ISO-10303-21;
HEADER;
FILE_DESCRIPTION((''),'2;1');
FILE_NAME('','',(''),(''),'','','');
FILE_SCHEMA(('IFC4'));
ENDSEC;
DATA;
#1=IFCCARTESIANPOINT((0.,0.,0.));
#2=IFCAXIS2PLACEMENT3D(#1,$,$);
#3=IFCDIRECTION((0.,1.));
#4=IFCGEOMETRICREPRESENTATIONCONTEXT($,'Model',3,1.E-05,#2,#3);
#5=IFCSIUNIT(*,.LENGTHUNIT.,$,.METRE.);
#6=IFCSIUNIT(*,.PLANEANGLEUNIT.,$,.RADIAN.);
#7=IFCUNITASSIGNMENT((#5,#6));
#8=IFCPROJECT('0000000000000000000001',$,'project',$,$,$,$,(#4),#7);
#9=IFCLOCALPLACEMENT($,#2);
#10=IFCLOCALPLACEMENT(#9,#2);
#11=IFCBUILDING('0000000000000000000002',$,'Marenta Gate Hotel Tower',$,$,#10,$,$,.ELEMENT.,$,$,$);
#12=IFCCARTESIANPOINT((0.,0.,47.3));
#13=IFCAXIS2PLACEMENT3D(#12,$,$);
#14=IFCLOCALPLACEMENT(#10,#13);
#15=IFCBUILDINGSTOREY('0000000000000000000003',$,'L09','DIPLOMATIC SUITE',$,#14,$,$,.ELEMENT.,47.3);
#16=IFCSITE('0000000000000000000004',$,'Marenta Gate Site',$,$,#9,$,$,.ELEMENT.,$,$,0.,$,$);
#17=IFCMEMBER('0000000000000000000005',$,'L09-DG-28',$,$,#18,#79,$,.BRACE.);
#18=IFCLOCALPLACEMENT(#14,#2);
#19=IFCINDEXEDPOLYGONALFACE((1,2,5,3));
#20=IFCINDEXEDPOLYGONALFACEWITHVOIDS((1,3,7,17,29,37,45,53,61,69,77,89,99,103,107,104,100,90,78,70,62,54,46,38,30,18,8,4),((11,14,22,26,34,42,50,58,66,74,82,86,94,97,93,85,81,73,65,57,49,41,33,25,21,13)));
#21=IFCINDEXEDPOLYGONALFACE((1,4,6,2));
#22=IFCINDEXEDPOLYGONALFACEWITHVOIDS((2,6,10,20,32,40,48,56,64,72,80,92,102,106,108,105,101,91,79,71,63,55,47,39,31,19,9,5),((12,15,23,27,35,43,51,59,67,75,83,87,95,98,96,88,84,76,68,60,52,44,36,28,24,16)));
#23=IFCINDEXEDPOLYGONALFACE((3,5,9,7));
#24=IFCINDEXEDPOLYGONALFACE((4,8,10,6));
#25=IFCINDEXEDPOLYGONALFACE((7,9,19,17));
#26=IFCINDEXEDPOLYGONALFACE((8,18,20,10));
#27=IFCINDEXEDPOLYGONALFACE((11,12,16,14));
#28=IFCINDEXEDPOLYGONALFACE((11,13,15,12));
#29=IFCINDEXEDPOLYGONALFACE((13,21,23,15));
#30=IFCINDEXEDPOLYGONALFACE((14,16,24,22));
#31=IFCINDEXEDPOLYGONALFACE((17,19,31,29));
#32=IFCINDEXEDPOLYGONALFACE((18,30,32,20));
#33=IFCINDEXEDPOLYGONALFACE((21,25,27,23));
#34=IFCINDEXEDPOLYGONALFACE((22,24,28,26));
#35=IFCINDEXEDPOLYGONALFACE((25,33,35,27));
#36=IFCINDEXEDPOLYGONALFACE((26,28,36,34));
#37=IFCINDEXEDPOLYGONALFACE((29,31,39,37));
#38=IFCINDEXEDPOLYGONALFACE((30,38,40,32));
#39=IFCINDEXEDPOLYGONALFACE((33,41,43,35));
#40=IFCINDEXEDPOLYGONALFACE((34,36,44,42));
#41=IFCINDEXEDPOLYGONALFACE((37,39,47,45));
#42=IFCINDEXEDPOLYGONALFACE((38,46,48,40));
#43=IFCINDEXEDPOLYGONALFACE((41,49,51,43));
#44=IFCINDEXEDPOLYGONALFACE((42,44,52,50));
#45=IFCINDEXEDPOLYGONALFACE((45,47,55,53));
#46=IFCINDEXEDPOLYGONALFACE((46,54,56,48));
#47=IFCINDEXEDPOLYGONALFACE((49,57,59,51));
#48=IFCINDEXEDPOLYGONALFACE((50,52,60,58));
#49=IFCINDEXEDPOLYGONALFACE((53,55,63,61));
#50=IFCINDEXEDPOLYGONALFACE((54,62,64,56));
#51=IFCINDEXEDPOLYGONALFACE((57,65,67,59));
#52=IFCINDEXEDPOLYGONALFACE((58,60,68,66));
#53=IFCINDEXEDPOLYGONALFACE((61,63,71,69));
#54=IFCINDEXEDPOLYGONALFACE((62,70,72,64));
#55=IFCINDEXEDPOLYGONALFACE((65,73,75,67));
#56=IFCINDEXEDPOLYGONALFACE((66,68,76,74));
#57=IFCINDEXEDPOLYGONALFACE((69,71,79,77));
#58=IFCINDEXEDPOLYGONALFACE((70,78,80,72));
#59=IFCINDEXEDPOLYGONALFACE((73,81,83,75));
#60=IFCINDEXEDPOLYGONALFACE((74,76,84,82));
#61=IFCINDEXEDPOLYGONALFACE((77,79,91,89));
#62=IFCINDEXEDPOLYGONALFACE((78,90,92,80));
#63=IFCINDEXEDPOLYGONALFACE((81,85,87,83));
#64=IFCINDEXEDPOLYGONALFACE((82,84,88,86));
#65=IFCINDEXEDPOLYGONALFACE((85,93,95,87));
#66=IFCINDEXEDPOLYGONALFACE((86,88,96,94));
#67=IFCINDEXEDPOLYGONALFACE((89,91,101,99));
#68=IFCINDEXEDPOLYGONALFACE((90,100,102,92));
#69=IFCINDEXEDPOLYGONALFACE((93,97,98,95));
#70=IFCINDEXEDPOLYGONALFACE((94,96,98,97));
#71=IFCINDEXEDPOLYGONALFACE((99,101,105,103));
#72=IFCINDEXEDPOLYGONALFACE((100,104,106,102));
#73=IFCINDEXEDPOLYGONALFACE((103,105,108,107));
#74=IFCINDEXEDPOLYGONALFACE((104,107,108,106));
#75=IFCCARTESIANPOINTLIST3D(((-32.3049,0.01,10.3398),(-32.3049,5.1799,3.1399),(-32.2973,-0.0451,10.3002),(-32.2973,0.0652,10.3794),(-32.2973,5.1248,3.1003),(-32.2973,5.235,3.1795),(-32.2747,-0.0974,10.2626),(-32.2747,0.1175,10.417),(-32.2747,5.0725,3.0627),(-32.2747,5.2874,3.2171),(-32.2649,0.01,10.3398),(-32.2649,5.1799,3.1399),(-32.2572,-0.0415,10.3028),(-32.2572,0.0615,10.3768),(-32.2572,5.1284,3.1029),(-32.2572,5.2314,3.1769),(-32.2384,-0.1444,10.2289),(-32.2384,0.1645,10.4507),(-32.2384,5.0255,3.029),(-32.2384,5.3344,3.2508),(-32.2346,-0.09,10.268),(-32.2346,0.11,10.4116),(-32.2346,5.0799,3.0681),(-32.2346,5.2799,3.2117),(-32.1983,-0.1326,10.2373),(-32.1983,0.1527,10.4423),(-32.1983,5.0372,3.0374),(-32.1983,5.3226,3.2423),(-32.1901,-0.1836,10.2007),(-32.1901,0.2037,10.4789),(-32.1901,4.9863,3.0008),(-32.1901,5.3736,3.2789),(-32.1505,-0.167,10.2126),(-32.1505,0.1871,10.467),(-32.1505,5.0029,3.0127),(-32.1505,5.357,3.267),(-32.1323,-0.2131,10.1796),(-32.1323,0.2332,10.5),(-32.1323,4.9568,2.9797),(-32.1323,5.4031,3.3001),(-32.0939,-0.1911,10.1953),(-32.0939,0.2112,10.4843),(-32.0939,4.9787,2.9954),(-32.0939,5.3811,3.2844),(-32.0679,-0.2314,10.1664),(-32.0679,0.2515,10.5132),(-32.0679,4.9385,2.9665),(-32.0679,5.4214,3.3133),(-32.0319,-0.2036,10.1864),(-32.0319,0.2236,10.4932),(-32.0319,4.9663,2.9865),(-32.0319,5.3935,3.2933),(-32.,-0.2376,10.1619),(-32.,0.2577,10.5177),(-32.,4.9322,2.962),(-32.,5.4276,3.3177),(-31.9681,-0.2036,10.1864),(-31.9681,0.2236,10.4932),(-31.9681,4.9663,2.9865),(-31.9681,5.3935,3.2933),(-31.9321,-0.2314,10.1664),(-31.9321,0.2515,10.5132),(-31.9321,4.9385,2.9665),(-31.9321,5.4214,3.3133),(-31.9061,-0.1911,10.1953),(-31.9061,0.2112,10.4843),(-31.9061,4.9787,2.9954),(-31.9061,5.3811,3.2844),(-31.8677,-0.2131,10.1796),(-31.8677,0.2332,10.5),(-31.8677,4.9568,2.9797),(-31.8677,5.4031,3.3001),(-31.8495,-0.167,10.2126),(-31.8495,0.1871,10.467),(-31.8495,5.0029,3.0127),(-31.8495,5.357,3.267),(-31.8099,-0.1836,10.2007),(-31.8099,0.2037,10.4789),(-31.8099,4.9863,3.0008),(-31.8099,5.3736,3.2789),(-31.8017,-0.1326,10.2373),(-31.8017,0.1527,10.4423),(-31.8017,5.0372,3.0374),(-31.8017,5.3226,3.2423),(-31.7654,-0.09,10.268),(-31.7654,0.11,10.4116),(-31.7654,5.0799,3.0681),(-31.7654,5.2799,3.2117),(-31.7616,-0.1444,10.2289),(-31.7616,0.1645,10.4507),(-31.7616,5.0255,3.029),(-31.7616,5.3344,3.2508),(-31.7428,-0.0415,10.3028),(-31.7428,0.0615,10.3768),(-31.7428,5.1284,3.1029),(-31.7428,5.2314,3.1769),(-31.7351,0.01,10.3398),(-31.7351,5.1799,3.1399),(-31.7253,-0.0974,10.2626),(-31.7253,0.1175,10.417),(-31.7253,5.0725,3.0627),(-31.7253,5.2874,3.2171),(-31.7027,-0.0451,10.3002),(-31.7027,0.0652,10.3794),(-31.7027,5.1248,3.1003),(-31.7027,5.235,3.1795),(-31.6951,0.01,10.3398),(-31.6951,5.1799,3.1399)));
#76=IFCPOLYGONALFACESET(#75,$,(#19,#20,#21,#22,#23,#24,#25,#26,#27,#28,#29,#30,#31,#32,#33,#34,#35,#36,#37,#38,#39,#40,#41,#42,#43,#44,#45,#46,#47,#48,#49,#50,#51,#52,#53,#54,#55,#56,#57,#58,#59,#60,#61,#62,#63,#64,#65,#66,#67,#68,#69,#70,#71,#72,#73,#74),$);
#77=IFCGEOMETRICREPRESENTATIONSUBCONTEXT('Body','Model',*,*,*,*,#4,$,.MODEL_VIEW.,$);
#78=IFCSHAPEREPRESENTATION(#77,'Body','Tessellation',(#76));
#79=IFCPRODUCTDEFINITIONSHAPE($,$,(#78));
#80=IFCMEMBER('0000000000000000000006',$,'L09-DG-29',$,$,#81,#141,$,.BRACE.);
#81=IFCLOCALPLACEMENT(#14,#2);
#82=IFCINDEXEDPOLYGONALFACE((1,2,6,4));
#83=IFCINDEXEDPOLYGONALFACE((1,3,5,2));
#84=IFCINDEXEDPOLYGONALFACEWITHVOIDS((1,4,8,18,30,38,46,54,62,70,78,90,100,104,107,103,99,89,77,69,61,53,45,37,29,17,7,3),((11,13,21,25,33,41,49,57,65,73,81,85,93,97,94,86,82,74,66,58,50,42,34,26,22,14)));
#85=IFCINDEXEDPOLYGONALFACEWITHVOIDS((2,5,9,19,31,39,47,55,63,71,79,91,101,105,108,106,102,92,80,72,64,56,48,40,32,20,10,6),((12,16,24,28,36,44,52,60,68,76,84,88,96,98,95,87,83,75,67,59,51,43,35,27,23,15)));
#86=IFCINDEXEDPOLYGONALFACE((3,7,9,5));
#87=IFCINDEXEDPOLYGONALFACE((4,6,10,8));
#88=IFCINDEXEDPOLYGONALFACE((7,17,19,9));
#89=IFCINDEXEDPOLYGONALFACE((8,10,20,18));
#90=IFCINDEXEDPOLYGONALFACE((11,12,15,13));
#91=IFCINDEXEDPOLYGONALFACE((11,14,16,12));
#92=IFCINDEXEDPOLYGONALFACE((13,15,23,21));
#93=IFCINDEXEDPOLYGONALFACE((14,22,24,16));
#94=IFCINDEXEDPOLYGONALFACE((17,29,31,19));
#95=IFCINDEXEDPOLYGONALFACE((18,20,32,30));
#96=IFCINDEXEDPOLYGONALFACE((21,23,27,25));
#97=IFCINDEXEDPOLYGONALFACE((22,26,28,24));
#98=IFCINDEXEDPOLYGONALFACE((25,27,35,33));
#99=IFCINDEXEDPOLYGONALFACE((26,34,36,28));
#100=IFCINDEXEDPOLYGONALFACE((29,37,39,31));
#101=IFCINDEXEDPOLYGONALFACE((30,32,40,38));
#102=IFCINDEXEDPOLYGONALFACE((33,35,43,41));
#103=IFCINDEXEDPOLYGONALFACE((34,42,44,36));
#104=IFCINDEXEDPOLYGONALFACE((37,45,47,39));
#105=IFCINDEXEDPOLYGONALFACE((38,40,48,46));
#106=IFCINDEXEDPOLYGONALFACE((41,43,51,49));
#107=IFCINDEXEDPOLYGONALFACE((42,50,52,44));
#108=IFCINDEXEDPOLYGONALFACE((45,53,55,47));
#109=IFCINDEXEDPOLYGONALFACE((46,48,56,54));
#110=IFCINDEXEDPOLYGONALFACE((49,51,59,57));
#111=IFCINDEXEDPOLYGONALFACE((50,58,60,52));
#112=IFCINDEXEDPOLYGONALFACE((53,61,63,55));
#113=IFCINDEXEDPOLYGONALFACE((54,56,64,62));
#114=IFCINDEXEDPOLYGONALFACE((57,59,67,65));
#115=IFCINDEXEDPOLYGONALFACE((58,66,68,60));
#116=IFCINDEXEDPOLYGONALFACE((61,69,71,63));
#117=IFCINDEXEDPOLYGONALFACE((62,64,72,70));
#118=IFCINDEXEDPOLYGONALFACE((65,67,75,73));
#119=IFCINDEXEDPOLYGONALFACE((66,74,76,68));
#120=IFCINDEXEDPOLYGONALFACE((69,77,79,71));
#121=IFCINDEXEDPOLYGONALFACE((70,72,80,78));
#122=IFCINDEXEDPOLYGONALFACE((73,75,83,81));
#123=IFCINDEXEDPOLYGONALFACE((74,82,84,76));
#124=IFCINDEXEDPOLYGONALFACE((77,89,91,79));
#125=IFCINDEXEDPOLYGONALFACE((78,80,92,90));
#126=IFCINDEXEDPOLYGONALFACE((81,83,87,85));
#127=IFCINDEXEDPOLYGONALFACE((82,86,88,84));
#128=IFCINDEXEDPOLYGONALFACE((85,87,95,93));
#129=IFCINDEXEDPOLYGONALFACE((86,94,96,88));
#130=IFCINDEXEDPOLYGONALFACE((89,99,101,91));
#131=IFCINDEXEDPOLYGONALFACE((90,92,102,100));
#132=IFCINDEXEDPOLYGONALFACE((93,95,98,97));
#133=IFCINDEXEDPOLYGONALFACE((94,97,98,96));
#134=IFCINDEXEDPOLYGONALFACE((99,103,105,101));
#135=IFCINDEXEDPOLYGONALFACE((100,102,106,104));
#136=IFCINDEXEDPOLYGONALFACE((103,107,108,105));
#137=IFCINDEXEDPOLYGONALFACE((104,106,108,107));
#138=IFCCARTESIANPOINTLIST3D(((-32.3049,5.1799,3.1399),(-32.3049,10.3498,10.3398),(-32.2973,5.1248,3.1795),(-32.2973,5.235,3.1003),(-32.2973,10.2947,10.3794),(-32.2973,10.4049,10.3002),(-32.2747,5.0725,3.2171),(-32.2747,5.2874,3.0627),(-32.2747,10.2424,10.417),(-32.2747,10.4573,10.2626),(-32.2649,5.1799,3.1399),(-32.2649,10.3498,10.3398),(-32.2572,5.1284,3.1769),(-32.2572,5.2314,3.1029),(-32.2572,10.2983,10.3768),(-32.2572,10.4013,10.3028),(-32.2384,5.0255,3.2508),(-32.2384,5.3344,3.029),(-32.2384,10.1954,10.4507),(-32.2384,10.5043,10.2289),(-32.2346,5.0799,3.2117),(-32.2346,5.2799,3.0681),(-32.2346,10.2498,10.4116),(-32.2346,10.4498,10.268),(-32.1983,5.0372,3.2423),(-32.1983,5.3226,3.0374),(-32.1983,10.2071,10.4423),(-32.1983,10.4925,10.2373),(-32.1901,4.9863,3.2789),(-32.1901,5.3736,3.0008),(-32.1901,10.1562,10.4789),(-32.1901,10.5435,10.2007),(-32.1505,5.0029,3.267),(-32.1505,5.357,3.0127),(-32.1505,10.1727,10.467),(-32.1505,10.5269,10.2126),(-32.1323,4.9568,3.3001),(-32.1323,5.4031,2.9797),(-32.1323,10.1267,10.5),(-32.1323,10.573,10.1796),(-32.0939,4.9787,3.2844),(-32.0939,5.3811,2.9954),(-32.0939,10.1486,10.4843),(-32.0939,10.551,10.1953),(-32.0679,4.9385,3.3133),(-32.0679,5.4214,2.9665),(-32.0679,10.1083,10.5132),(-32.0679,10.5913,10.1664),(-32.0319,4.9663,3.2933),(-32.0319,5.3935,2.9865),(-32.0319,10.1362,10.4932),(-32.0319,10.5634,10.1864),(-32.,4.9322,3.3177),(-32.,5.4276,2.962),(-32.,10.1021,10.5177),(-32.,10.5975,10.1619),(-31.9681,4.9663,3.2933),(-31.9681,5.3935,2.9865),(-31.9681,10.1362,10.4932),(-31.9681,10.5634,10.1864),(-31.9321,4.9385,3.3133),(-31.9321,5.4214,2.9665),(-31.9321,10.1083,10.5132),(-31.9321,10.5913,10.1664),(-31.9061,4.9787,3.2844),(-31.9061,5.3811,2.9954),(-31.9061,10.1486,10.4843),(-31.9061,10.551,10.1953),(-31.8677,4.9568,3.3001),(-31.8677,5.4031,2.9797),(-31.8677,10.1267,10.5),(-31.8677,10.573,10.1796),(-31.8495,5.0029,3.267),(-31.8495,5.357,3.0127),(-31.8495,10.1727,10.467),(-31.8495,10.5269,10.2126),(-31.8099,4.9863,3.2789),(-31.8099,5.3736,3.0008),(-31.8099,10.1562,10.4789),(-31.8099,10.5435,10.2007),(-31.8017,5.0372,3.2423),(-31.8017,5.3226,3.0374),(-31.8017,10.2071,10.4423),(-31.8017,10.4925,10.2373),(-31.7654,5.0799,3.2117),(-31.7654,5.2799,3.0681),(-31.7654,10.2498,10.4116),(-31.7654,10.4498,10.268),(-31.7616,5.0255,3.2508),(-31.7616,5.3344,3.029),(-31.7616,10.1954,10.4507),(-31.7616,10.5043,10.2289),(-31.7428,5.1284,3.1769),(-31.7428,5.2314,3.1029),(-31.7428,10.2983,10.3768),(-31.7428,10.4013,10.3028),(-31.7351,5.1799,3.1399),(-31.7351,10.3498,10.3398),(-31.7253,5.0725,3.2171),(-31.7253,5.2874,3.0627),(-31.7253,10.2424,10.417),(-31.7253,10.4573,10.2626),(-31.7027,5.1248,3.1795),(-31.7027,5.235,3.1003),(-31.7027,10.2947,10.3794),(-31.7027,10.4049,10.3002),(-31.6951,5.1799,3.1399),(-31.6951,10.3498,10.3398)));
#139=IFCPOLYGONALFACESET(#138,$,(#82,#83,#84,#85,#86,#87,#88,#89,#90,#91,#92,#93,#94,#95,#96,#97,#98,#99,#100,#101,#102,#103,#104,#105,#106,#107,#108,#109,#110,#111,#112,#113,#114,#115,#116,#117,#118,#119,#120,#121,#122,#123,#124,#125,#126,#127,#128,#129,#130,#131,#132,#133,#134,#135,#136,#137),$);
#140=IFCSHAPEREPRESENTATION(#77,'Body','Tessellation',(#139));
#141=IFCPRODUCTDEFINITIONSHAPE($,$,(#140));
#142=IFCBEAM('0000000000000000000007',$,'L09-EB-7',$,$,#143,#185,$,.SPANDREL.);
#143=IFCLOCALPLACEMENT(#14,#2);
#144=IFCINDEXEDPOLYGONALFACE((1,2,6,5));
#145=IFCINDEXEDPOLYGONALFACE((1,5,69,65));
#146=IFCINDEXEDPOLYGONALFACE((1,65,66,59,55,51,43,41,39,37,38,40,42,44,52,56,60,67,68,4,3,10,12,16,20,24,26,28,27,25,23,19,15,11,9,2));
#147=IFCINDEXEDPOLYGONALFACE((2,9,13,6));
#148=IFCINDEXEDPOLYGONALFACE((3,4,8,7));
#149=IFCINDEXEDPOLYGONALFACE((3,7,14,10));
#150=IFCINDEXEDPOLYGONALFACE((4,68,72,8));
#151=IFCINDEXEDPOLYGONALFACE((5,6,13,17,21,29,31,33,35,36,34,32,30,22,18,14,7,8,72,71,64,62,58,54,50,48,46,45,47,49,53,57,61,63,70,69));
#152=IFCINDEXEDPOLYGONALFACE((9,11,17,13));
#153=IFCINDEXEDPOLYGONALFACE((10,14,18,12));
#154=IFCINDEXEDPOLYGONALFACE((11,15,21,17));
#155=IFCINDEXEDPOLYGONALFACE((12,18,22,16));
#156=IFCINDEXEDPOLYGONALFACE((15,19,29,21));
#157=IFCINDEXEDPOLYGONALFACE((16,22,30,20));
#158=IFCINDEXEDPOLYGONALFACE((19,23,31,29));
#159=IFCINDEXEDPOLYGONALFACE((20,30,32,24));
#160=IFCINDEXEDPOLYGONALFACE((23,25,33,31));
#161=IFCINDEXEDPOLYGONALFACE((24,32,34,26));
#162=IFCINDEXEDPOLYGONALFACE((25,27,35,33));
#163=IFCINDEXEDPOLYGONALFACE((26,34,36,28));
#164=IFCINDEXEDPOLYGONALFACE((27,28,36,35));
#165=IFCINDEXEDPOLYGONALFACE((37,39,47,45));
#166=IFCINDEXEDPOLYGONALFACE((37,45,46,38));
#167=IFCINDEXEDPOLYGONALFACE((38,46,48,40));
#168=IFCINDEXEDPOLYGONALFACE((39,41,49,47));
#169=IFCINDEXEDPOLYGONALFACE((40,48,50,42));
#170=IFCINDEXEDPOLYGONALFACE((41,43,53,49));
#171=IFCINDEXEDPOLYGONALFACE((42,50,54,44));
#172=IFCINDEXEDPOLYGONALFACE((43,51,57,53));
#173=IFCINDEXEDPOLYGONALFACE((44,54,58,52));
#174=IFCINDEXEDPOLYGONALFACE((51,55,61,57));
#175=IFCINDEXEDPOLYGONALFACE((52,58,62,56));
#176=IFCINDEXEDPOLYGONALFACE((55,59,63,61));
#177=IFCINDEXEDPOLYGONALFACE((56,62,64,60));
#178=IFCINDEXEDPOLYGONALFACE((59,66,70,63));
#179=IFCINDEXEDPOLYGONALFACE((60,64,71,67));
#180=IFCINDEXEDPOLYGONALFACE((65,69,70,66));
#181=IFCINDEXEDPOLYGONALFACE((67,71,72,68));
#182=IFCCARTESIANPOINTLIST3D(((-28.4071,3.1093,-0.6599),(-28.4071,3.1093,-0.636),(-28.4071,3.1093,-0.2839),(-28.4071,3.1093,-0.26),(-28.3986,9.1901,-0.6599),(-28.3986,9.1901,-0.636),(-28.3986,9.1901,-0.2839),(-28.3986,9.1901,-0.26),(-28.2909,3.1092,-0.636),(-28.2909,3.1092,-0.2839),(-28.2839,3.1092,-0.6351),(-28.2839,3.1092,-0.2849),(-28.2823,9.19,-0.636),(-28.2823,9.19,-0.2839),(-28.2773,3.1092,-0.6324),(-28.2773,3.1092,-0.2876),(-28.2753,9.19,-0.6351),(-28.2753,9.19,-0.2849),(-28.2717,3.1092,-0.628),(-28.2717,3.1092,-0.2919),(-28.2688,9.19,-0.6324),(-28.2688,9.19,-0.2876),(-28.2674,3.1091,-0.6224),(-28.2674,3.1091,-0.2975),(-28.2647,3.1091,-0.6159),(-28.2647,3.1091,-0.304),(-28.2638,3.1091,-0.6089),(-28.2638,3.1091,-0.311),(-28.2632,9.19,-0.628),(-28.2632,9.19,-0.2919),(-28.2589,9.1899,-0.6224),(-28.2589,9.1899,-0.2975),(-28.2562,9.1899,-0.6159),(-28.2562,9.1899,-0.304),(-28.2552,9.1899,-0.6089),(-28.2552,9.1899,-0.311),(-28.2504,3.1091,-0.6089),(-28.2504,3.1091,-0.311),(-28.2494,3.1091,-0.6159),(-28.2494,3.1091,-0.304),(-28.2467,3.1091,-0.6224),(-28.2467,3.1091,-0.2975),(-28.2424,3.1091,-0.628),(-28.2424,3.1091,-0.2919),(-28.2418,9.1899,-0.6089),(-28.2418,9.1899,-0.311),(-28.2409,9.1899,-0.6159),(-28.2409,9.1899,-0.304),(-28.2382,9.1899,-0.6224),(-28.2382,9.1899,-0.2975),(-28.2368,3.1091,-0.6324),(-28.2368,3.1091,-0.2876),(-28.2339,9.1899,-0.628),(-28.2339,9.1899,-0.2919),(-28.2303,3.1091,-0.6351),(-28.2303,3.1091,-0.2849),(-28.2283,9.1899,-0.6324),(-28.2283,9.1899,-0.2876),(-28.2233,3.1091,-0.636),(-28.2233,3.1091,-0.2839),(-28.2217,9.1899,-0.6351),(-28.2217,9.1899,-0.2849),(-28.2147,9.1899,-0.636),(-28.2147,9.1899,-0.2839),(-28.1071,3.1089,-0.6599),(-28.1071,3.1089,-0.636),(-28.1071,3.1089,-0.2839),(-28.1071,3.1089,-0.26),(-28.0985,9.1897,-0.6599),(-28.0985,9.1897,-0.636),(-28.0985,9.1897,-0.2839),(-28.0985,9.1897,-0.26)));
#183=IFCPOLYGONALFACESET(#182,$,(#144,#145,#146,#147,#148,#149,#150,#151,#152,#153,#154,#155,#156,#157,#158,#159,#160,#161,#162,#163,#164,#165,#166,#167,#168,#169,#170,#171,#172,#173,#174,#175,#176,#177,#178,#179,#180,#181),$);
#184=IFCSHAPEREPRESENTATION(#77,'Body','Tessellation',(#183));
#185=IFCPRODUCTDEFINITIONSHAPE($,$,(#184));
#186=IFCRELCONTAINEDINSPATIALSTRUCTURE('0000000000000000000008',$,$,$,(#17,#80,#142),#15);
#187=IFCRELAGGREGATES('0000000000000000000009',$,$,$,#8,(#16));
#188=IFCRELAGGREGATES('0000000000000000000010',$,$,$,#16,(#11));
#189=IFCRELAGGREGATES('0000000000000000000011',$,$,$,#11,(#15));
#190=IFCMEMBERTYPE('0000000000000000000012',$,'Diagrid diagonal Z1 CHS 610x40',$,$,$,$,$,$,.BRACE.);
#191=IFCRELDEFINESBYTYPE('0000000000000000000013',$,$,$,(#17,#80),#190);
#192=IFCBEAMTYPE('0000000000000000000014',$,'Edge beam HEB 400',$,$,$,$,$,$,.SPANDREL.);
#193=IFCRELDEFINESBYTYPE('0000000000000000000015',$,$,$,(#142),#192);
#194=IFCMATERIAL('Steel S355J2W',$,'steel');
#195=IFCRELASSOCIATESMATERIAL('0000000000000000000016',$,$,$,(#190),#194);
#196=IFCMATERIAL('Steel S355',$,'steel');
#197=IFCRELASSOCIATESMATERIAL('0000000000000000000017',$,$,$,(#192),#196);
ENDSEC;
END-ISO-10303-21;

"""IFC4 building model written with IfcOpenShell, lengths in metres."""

from ifc_helpers import new_model, si_unit, direction, frame, origin, origin_2d, place, context, subcontext, project, spatial, hollow_circle, i_section, extrude, material, material_profile, profile_set, type_object, element, save


model = new_model("IFC4")

# Units and contexts
model_context = context("Model", 3, precision=1e-05, world=origin(), true_north=direction((0.0, 1.0)))
body_context = subcontext(model_context, "Body", "Model", "MODEL_VIEW")
ifc_project = project(units=[si_unit("LENGTHUNIT", "METRE"), si_unit("PLANEANGLEUNIT", "RADIAN")], contexts=[model_context])

# Site, building, storey
site_placement = place(None, origin())
site = spatial("IfcSite", under=ifc_project, at=site_placement, Name="Marenta Gate Site", CompositionType="ELEMENT", RefElevation=0.0)
building_placement = place(site_placement, origin())
building = spatial("IfcBuilding", under=site, at=building_placement, Name="Marenta Gate Hotel Tower", CompositionType="ELEMENT")
storey_placement = place(building_placement, frame((0.0, 0.0, 47.3)))
storey = spatial("IfcBuildingStorey", under=building, at=storey_placement, Name="L09", Description="DIPLOMATIC SUITE", CompositionType="ELEMENT", Elevation=47.3)

# Members
ifc_material_1 = material(Name="Steel S355J2W", Category="steel")
ifc_material_profile_1 = material_profile(ifc_material_1, hollow_circle(Radius=0.3049, WallThickness=0.04, at=origin_2d()), Name="CHS 610x40")
ifc_profile_set_1 = profile_set([ifc_material_profile_1], Name="Steel S355J2W")
member_type_1 = type_object("IfcMemberType", Name="Diagrid diagonal Z1 CHS 610x40", PredefinedType="BRACE", material=ifc_profile_set_1)
for number, where, z_axis, x_axis, name in (
    (1, (-32.0, 5.1799, 3.1399), (0.0, -0.583261, 0.812285), (1.0, 0.0, 0.0), "L09-DG-28"),
    (2, (-32.0, 5.1799, 3.1399), (0.0, 0.583261, 0.812285), (-1.0, 0.0, 0.0), "L09-DG-29"),
):
    element("IfcMember", number, at=place(storey_placement, frame(where, z_axis=z_axis, x_axis=x_axis)), inside=storey, type_object=member_type_1, Name=name, PredefinedType="BRACE", context=body_context, shape_type="SweptSolid", body=[
        extrude(hollow_circle(Radius=0.3049, WallThickness=0.04, at=origin_2d()), origin(), (0.0, 0.0, 1.0), 8.8638),
    ])

# Beam
ifc_material_2 = material(Name="Steel S355", Category="steel")
ifc_material_profile_2 = material_profile(ifc_material_2, i_section(OverallWidth=0.3, OverallDepth=0.3999, WebThickness=0.0134, FlangeThickness=0.0239, FilletRadius=0.0271, at=origin_2d()), Name="HEB 400")
ifc_profile_set_2 = profile_set([ifc_material_profile_2], Name="Steel S355")
beam_type_1 = type_object("IfcBeamType", Name="Edge beam HEB 400", PredefinedType="SPANDREL", material=ifc_profile_set_2)
beam_1_placement = place(storey_placement, frame((-28.2571, 3.1091, -0.46), z_axis=(0.001405, 0.999999, 0.0), x_axis=(-0.999999, 0.001405, 0.0)))
element("IfcBeam", 3, at=beam_1_placement, inside=storey, type_object=beam_type_1, Name="L09-EB-7", PredefinedType="SPANDREL", context=body_context, shape_type="SweptSolid", body=[
    extrude(i_section(OverallWidth=0.3, OverallDepth=0.3999, WebThickness=0.0134, FlangeThickness=0.0239, FilletRadius=0.0271, at=origin_2d()), origin(), (0.0, 0.0, 1.0), 6.0808),
])

save(model, "model.ifc")
